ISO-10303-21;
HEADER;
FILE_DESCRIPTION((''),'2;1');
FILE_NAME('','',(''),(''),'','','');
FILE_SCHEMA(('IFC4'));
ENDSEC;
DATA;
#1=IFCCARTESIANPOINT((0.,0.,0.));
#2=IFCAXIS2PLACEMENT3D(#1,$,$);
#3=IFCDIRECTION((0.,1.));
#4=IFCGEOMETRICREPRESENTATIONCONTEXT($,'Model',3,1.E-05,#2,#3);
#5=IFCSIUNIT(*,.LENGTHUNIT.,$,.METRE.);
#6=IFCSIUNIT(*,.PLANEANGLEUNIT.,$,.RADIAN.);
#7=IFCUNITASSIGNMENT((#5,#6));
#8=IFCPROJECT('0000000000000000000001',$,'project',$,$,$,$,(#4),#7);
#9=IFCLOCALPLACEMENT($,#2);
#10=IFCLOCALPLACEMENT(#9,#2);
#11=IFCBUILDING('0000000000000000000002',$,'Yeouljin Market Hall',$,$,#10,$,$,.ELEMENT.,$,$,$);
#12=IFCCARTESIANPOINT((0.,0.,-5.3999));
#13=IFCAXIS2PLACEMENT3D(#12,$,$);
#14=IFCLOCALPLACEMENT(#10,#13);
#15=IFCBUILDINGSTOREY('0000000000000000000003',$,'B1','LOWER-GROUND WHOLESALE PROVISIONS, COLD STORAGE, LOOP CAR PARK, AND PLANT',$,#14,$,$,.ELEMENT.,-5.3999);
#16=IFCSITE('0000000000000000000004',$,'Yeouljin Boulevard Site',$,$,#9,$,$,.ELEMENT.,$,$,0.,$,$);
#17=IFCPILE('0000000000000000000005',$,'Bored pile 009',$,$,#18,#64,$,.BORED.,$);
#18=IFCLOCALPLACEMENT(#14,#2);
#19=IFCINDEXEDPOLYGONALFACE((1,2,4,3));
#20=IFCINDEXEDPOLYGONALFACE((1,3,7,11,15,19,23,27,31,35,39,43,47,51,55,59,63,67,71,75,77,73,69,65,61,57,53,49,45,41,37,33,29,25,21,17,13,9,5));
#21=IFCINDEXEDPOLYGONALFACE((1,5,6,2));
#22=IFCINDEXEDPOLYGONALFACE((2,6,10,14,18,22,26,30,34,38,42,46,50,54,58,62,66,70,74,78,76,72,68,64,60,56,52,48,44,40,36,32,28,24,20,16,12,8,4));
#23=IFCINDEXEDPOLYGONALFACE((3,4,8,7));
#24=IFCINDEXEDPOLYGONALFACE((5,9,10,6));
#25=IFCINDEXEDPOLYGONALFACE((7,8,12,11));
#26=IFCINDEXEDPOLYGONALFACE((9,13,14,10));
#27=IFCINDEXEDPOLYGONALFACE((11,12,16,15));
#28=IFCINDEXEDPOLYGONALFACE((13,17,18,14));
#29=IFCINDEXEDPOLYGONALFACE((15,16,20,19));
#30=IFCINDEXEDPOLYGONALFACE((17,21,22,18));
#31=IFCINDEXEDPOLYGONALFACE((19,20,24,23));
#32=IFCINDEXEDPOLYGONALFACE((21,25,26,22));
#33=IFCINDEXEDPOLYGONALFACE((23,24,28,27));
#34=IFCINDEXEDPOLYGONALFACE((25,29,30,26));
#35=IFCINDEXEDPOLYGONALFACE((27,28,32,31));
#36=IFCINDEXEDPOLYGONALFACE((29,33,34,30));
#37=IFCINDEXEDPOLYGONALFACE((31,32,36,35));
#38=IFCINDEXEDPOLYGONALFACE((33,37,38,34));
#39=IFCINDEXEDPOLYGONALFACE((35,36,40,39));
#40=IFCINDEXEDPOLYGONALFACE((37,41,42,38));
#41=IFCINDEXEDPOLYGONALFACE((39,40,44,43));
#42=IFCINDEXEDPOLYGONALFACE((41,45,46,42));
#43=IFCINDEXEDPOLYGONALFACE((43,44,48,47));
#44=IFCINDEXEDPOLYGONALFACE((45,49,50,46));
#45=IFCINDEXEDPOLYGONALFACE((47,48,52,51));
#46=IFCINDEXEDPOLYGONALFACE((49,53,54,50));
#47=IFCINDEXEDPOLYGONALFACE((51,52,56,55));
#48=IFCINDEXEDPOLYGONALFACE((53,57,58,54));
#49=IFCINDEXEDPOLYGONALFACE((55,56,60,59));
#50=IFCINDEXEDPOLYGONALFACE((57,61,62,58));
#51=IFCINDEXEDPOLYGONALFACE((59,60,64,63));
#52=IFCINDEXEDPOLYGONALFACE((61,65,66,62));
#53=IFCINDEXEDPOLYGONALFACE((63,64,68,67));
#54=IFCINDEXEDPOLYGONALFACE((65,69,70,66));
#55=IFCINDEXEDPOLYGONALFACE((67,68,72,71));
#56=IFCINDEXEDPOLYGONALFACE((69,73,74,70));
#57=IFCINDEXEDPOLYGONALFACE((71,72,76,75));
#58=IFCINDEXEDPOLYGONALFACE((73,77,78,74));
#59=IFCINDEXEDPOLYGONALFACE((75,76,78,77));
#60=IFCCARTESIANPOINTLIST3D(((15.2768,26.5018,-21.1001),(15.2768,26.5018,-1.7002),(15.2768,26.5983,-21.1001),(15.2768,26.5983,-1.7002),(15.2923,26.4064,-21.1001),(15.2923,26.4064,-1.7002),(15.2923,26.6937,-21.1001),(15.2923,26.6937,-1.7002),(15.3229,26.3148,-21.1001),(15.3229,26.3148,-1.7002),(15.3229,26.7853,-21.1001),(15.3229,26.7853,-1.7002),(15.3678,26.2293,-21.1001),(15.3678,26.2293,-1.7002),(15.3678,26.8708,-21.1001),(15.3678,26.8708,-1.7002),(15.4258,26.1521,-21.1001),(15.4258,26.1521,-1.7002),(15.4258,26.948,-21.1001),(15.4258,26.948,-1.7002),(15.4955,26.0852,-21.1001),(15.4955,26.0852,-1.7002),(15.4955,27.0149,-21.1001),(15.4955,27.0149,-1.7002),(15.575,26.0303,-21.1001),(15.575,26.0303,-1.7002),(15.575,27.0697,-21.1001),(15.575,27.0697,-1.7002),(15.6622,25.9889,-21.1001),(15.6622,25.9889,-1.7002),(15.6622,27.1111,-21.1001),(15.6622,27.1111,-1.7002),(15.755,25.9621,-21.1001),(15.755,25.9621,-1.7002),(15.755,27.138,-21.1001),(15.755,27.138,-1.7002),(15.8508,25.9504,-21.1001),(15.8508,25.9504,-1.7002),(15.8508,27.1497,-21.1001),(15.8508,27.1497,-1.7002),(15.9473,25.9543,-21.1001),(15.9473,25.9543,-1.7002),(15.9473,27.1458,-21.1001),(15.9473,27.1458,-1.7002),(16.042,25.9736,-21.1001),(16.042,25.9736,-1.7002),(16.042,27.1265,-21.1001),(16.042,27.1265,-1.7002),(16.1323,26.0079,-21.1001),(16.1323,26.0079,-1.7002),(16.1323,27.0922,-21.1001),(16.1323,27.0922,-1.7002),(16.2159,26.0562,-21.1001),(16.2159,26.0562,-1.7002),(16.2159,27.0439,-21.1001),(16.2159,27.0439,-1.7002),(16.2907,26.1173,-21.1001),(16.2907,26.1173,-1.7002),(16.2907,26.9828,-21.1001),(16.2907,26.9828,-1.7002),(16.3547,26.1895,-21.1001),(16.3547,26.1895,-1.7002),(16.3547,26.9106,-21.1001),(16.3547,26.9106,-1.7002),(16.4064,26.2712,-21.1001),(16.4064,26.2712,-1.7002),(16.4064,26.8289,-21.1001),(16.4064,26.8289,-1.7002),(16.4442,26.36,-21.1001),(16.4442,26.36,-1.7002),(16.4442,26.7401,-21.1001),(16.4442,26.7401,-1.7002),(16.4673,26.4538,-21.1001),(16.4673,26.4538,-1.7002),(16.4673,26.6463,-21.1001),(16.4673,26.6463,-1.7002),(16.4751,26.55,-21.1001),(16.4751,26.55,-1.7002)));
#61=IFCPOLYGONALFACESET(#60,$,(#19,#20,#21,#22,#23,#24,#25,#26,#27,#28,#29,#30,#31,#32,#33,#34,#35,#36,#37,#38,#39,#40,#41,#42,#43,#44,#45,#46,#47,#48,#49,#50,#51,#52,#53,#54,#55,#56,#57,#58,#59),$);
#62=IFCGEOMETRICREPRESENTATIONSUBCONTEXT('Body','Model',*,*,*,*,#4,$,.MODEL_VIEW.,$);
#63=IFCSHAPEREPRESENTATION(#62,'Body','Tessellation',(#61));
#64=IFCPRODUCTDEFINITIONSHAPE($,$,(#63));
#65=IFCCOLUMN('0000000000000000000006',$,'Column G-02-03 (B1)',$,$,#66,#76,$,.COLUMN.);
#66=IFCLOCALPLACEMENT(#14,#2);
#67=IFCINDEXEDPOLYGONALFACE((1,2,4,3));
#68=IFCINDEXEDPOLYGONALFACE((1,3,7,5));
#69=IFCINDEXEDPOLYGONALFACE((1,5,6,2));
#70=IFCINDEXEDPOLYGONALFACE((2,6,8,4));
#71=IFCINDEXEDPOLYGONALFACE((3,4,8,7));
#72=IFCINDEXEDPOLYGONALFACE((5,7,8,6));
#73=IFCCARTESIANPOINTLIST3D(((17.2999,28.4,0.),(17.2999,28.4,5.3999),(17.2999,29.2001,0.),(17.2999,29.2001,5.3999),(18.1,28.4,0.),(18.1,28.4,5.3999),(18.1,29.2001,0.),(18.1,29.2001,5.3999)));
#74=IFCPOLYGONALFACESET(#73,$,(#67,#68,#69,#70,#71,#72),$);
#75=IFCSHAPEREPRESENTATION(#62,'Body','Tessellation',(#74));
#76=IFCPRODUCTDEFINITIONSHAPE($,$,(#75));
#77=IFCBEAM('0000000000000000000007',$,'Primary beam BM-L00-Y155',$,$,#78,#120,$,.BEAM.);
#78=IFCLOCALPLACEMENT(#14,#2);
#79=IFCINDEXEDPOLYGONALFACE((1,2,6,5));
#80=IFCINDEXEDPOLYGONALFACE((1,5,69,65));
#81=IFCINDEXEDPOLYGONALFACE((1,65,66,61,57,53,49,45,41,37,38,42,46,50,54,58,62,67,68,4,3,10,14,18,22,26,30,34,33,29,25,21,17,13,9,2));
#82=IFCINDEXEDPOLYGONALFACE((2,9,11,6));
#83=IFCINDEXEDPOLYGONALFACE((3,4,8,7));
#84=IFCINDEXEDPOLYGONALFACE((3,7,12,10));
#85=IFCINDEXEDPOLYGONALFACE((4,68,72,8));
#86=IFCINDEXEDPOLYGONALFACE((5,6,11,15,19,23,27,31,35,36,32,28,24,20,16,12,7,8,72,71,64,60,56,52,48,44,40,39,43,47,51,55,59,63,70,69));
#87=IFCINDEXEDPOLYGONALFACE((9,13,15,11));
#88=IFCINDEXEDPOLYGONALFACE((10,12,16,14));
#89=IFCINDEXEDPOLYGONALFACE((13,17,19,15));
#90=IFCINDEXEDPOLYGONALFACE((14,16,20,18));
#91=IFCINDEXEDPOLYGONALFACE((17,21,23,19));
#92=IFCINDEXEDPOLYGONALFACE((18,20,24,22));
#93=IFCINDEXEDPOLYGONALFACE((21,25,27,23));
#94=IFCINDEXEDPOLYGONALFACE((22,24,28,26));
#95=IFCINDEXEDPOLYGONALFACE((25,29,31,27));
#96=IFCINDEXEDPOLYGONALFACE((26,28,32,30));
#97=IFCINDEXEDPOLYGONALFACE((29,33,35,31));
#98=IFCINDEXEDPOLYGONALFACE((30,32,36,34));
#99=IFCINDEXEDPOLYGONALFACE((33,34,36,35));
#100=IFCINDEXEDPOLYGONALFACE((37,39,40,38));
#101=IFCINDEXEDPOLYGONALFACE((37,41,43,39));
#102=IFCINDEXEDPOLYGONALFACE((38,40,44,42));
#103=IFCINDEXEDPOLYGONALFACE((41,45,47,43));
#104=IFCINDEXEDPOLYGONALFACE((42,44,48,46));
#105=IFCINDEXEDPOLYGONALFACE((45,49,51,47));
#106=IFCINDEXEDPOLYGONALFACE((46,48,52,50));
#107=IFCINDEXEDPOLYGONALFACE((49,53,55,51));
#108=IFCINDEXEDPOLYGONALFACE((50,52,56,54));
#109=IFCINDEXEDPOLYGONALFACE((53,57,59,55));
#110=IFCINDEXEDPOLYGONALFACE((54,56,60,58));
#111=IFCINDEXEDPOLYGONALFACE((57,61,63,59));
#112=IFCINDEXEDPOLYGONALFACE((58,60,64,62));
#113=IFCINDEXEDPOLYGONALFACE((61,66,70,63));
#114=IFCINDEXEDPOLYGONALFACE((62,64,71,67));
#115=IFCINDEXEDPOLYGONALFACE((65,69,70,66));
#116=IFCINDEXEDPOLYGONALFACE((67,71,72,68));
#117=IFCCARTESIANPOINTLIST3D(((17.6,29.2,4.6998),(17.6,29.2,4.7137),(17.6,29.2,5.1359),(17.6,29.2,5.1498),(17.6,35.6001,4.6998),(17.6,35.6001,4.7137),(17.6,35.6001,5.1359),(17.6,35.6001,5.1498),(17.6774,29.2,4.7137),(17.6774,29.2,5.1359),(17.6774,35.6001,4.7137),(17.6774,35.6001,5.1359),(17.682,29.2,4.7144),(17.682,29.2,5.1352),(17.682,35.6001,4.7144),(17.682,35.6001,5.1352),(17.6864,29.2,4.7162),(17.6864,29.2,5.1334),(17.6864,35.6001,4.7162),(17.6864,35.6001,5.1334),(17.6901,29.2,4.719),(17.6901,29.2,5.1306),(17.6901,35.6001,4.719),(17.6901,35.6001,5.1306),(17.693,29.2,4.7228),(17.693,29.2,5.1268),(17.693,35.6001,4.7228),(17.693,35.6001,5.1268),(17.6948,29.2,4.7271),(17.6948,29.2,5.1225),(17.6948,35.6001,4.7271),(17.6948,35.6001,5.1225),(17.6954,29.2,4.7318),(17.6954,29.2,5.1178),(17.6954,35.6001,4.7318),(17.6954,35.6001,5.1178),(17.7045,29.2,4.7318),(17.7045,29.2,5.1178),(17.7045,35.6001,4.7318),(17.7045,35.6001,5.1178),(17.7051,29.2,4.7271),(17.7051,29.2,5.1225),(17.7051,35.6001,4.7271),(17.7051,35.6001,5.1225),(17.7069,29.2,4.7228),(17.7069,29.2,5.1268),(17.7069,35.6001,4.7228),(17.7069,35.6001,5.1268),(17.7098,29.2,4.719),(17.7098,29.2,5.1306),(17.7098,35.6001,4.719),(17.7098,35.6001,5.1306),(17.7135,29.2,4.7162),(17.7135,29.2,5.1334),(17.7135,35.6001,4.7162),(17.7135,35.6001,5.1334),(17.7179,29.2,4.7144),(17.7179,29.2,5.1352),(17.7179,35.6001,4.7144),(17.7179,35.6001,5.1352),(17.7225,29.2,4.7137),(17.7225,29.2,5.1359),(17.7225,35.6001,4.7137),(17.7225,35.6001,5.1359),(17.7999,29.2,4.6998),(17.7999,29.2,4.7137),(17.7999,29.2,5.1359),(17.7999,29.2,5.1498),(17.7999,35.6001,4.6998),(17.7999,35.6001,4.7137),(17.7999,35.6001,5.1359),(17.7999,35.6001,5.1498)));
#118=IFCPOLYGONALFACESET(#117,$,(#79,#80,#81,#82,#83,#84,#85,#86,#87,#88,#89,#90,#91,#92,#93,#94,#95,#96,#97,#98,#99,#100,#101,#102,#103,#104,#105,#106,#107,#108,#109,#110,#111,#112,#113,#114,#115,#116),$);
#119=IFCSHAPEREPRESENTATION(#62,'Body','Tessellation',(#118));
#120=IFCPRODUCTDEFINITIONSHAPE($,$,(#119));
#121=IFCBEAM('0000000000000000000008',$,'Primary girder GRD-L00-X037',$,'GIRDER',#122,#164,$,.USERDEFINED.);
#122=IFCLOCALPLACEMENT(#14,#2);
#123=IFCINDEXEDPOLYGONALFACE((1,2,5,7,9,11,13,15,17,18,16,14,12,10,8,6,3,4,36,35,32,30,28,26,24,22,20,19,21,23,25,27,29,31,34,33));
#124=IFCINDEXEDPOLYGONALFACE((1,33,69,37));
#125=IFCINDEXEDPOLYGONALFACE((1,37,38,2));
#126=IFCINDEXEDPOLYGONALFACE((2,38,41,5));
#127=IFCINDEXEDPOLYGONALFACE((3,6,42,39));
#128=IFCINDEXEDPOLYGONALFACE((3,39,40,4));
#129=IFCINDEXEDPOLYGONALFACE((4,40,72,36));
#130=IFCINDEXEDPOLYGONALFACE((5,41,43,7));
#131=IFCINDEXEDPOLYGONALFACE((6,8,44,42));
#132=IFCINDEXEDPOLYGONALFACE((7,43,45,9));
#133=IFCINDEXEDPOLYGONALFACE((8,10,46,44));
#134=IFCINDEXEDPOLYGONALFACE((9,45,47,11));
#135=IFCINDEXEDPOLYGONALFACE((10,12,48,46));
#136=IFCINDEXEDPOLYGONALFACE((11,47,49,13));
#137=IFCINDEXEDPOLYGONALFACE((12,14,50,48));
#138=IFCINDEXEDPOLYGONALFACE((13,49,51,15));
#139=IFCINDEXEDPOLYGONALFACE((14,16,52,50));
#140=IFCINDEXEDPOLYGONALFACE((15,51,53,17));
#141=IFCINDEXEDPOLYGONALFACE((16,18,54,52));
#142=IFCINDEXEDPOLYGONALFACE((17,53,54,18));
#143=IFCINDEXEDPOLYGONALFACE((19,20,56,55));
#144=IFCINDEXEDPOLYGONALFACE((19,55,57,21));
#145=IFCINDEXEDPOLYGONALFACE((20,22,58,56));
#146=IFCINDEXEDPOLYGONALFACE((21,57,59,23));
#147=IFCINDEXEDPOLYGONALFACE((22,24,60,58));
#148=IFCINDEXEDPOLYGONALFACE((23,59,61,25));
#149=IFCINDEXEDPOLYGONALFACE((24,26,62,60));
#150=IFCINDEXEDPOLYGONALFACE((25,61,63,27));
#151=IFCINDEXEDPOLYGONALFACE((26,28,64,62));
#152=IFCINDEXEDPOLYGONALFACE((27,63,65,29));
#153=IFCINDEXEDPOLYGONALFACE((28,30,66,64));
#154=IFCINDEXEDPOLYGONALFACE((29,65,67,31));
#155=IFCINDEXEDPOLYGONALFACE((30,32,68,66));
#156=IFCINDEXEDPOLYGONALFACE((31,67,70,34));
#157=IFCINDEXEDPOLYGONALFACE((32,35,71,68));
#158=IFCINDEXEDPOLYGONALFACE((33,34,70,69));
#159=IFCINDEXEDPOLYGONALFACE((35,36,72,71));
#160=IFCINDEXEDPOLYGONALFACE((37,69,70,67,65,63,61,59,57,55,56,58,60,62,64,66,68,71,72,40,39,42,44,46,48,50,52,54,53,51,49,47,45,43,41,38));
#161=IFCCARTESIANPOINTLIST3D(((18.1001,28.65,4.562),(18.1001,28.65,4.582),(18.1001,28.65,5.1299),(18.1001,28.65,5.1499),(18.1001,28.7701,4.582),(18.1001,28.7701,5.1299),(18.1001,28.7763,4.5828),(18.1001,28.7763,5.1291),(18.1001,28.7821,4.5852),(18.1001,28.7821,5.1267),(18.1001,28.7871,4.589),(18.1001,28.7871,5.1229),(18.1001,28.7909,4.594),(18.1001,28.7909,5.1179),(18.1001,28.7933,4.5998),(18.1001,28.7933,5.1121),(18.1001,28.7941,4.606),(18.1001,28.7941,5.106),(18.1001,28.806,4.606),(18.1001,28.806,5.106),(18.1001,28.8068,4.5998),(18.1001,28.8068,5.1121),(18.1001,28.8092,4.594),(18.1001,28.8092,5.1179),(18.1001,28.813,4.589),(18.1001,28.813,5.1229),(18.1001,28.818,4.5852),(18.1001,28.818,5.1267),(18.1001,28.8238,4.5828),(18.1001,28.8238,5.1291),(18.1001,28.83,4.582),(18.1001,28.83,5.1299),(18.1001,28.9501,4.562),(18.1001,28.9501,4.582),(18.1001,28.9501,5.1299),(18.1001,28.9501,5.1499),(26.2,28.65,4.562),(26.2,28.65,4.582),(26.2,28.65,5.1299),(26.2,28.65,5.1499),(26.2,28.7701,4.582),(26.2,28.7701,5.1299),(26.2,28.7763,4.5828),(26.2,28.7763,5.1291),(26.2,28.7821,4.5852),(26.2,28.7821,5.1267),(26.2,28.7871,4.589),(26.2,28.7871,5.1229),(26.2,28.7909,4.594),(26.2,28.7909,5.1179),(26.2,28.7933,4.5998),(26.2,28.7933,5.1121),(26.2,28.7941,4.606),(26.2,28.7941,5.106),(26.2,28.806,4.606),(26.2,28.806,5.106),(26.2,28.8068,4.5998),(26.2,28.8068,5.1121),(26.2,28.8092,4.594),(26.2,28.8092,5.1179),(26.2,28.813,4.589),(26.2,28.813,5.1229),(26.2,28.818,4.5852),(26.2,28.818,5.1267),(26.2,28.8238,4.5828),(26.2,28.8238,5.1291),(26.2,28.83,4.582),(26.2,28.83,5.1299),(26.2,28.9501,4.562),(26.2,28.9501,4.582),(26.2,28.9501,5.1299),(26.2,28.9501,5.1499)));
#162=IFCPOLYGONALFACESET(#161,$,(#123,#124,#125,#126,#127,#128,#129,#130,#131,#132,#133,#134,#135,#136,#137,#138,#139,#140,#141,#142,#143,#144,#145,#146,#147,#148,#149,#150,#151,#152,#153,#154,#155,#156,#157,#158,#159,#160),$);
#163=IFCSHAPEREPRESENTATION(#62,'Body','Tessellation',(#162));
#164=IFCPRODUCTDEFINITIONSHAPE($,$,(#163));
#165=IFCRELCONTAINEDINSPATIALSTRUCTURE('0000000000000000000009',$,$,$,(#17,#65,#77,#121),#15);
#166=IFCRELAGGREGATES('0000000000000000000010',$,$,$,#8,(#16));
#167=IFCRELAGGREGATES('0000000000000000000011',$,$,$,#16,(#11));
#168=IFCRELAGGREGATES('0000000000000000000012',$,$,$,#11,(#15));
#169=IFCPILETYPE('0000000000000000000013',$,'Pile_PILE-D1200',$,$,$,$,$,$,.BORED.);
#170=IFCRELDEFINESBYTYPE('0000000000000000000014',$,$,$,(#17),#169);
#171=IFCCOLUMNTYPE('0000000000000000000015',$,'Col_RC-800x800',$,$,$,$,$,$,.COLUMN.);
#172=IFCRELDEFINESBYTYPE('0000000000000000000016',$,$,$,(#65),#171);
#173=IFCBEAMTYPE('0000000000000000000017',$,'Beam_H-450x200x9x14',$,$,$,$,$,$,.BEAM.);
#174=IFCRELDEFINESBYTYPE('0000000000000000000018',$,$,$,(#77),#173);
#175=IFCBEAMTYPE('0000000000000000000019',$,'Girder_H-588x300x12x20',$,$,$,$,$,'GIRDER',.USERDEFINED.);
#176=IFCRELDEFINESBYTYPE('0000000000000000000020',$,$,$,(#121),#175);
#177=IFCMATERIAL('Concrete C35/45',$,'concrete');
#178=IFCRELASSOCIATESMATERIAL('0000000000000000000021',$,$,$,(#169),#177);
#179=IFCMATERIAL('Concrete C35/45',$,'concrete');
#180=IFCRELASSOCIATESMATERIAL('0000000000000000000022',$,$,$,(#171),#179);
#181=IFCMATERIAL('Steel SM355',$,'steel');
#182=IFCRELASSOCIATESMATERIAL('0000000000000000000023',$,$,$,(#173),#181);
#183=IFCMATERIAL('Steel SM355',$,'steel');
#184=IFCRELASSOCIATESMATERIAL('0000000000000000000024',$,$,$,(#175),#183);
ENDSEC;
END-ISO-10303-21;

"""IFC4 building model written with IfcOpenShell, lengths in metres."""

from ifc_helpers import new_model, si_unit, direction, frame, origin, origin_2d, place, context, subcontext, project, spatial, rectangle, circle, i_section, extrude, material, material_profile, profile_set, type_object, element, save


model = new_model("IFC4")

# Units and contexts
model_context = context("Model", 3, precision=1e-05, world=origin(), true_north=direction((0.0, 1.0)))
body_context = subcontext(model_context, "Body", "Model", "MODEL_VIEW")
ifc_project = project(units=[si_unit("LENGTHUNIT", "METRE"), si_unit("PLANEANGLEUNIT", "RADIAN")], contexts=[model_context])

# Site, building, storey
site_placement = place(None, origin())
site = spatial("IfcSite", under=ifc_project, at=site_placement, Name="Yeouljin Boulevard Site", CompositionType="ELEMENT", RefElevation=0.0)
building_placement = place(site_placement, origin())
building = spatial("IfcBuilding", under=site, at=building_placement, Name="Yeouljin Market Hall", CompositionType="ELEMENT")
storey_placement = place(building_placement, frame((0.0, 0.0, -5.3999)))
storey = spatial("IfcBuildingStorey", under=building, at=storey_placement, Name="B1", Description="LOWER-GROUND WHOLESALE PROVISIONS, COLD STORAGE, LOOP CAR PARK, AND PLANT", CompositionType="ELEMENT", Elevation=-5.3999)

# Pile
ifc_material_1 = material(Name="Concrete C35/45", Category="concrete")
ifc_material_profile_1 = material_profile(ifc_material_1, circle(Radius=0.6001, at=origin_2d()), Name="PILE-D1200")
ifc_profile_set_1 = profile_set([ifc_material_profile_1], Name="Concrete C35/45")
pile_type = type_object("IfcPileType", Name="Pile_PILE-D1200", PredefinedType="BORED", material=ifc_profile_set_1)
for number, where, z_axis, x_axis, name in (
    (1, (15.875, 26.55, -1.7002), (0.0, 0.0, -1.0), (1.0, 0.0, 0.0), "Bored pile 009"),
):
    element("IfcPile", number, at=place(storey_placement, frame(where, z_axis=z_axis, x_axis=x_axis)), inside=storey, type_object=pile_type, Name=name, PredefinedType="BORED", context=body_context, shape_type="SweptSolid", body=[
        extrude(circle(Radius=0.6001, at=origin_2d()), origin(), (0.0, 0.0, 1.0), 19.3999),
    ])

# Column
ifc_material_2 = material(Name="Concrete C35/45", Category="concrete")
ifc_material_profile_2 = material_profile(ifc_material_2, rectangle(XDim=0.8, YDim=0.8, at=origin_2d()), Name="RC-800x800")
ifc_profile_set_2 = profile_set([ifc_material_profile_2], Name="Concrete C35/45")
column_type = type_object("IfcColumnType", Name="Col_RC-800x800", PredefinedType="COLUMN", material=ifc_profile_set_2)
column_placement = place(storey_placement, frame((17.7, 28.8, 0.0), z_axis=(0.0, 0.0, 1.0), x_axis=(1.0, 0.0, 0.0)))
element("IfcColumn", 2, at=column_placement, inside=storey, type_object=column_type, Name="Column G-02-03 (B1)", PredefinedType="COLUMN", context=body_context, shape_type="SweptSolid", body=[
    extrude(rectangle(XDim=0.8, YDim=0.8, at=origin_2d()), origin(), (0.0, 0.0, 1.0), 5.3999),
])

# Beams
ifc_material_3 = material(Name="Steel SM355", Category="steel")
ifc_material_profile_3 = material_profile(ifc_material_3, i_section(OverallWidth=0.2, OverallDepth=0.45, WebThickness=0.009, FlangeThickness=0.0139, FilletRadius=0.0181, at=origin_2d()), Name="H-450x200x9x14")
ifc_profile_set_3 = profile_set([ifc_material_profile_3], Name="Steel SM355")
beam_type_1 = type_object("IfcBeamType", Name="Beam_H-450x200x9x14", PredefinedType="BEAM", material=ifc_profile_set_3)
beam_1_placement = place(storey_placement, frame((17.7, 29.2, 4.9248), z_axis=(0.0, 1.0, 0.0), x_axis=(-1.0, 0.0, 0.0)))
element("IfcBeam", 3, at=beam_1_placement, inside=storey, type_object=beam_type_1, Name="Primary beam BM-L00-Y155", PredefinedType="BEAM", context=body_context, shape_type="SweptSolid", body=[
    extrude(i_section(OverallWidth=0.2, OverallDepth=0.45, WebThickness=0.009, FlangeThickness=0.0139, FilletRadius=0.0181, at=origin_2d()), origin(), (0.0, 0.0, 1.0), 6.4001),
])
ifc_material_4 = material(Name="Steel SM355", Category="steel")
ifc_material_profile_4 = material_profile(ifc_material_4, i_section(OverallWidth=0.3, OverallDepth=0.5879, WebThickness=0.012, FlangeThickness=0.02, FilletRadius=0.0239, at=origin_2d()), Name="H-588x300x12x20")
ifc_profile_set_4 = profile_set([ifc_material_profile_4], Name="Steel SM355")
beam_type_2 = type_object("IfcBeamType", Name="Girder_H-588x300x12x20", ElementType="GIRDER", PredefinedType="USERDEFINED", material=ifc_profile_set_4)
beam_2_placement = place(storey_placement, frame((18.1001, 28.8, 4.856), z_axis=(1.0, 0.0, 0.0), x_axis=(0.0, 1.0, 0.0)))
element("IfcBeam", 4, at=beam_2_placement, inside=storey, type_object=beam_type_2, Name="Primary girder GRD-L00-X037", ObjectType="GIRDER", PredefinedType="USERDEFINED", context=body_context, shape_type="SweptSolid", body=[
    extrude(i_section(OverallWidth=0.3, OverallDepth=0.5879, WebThickness=0.012, FlangeThickness=0.02, FilletRadius=0.0239, at=origin_2d()), origin(), (0.0, 0.0, 1.0), 8.0999),
])

save(model, "model.ifc")
